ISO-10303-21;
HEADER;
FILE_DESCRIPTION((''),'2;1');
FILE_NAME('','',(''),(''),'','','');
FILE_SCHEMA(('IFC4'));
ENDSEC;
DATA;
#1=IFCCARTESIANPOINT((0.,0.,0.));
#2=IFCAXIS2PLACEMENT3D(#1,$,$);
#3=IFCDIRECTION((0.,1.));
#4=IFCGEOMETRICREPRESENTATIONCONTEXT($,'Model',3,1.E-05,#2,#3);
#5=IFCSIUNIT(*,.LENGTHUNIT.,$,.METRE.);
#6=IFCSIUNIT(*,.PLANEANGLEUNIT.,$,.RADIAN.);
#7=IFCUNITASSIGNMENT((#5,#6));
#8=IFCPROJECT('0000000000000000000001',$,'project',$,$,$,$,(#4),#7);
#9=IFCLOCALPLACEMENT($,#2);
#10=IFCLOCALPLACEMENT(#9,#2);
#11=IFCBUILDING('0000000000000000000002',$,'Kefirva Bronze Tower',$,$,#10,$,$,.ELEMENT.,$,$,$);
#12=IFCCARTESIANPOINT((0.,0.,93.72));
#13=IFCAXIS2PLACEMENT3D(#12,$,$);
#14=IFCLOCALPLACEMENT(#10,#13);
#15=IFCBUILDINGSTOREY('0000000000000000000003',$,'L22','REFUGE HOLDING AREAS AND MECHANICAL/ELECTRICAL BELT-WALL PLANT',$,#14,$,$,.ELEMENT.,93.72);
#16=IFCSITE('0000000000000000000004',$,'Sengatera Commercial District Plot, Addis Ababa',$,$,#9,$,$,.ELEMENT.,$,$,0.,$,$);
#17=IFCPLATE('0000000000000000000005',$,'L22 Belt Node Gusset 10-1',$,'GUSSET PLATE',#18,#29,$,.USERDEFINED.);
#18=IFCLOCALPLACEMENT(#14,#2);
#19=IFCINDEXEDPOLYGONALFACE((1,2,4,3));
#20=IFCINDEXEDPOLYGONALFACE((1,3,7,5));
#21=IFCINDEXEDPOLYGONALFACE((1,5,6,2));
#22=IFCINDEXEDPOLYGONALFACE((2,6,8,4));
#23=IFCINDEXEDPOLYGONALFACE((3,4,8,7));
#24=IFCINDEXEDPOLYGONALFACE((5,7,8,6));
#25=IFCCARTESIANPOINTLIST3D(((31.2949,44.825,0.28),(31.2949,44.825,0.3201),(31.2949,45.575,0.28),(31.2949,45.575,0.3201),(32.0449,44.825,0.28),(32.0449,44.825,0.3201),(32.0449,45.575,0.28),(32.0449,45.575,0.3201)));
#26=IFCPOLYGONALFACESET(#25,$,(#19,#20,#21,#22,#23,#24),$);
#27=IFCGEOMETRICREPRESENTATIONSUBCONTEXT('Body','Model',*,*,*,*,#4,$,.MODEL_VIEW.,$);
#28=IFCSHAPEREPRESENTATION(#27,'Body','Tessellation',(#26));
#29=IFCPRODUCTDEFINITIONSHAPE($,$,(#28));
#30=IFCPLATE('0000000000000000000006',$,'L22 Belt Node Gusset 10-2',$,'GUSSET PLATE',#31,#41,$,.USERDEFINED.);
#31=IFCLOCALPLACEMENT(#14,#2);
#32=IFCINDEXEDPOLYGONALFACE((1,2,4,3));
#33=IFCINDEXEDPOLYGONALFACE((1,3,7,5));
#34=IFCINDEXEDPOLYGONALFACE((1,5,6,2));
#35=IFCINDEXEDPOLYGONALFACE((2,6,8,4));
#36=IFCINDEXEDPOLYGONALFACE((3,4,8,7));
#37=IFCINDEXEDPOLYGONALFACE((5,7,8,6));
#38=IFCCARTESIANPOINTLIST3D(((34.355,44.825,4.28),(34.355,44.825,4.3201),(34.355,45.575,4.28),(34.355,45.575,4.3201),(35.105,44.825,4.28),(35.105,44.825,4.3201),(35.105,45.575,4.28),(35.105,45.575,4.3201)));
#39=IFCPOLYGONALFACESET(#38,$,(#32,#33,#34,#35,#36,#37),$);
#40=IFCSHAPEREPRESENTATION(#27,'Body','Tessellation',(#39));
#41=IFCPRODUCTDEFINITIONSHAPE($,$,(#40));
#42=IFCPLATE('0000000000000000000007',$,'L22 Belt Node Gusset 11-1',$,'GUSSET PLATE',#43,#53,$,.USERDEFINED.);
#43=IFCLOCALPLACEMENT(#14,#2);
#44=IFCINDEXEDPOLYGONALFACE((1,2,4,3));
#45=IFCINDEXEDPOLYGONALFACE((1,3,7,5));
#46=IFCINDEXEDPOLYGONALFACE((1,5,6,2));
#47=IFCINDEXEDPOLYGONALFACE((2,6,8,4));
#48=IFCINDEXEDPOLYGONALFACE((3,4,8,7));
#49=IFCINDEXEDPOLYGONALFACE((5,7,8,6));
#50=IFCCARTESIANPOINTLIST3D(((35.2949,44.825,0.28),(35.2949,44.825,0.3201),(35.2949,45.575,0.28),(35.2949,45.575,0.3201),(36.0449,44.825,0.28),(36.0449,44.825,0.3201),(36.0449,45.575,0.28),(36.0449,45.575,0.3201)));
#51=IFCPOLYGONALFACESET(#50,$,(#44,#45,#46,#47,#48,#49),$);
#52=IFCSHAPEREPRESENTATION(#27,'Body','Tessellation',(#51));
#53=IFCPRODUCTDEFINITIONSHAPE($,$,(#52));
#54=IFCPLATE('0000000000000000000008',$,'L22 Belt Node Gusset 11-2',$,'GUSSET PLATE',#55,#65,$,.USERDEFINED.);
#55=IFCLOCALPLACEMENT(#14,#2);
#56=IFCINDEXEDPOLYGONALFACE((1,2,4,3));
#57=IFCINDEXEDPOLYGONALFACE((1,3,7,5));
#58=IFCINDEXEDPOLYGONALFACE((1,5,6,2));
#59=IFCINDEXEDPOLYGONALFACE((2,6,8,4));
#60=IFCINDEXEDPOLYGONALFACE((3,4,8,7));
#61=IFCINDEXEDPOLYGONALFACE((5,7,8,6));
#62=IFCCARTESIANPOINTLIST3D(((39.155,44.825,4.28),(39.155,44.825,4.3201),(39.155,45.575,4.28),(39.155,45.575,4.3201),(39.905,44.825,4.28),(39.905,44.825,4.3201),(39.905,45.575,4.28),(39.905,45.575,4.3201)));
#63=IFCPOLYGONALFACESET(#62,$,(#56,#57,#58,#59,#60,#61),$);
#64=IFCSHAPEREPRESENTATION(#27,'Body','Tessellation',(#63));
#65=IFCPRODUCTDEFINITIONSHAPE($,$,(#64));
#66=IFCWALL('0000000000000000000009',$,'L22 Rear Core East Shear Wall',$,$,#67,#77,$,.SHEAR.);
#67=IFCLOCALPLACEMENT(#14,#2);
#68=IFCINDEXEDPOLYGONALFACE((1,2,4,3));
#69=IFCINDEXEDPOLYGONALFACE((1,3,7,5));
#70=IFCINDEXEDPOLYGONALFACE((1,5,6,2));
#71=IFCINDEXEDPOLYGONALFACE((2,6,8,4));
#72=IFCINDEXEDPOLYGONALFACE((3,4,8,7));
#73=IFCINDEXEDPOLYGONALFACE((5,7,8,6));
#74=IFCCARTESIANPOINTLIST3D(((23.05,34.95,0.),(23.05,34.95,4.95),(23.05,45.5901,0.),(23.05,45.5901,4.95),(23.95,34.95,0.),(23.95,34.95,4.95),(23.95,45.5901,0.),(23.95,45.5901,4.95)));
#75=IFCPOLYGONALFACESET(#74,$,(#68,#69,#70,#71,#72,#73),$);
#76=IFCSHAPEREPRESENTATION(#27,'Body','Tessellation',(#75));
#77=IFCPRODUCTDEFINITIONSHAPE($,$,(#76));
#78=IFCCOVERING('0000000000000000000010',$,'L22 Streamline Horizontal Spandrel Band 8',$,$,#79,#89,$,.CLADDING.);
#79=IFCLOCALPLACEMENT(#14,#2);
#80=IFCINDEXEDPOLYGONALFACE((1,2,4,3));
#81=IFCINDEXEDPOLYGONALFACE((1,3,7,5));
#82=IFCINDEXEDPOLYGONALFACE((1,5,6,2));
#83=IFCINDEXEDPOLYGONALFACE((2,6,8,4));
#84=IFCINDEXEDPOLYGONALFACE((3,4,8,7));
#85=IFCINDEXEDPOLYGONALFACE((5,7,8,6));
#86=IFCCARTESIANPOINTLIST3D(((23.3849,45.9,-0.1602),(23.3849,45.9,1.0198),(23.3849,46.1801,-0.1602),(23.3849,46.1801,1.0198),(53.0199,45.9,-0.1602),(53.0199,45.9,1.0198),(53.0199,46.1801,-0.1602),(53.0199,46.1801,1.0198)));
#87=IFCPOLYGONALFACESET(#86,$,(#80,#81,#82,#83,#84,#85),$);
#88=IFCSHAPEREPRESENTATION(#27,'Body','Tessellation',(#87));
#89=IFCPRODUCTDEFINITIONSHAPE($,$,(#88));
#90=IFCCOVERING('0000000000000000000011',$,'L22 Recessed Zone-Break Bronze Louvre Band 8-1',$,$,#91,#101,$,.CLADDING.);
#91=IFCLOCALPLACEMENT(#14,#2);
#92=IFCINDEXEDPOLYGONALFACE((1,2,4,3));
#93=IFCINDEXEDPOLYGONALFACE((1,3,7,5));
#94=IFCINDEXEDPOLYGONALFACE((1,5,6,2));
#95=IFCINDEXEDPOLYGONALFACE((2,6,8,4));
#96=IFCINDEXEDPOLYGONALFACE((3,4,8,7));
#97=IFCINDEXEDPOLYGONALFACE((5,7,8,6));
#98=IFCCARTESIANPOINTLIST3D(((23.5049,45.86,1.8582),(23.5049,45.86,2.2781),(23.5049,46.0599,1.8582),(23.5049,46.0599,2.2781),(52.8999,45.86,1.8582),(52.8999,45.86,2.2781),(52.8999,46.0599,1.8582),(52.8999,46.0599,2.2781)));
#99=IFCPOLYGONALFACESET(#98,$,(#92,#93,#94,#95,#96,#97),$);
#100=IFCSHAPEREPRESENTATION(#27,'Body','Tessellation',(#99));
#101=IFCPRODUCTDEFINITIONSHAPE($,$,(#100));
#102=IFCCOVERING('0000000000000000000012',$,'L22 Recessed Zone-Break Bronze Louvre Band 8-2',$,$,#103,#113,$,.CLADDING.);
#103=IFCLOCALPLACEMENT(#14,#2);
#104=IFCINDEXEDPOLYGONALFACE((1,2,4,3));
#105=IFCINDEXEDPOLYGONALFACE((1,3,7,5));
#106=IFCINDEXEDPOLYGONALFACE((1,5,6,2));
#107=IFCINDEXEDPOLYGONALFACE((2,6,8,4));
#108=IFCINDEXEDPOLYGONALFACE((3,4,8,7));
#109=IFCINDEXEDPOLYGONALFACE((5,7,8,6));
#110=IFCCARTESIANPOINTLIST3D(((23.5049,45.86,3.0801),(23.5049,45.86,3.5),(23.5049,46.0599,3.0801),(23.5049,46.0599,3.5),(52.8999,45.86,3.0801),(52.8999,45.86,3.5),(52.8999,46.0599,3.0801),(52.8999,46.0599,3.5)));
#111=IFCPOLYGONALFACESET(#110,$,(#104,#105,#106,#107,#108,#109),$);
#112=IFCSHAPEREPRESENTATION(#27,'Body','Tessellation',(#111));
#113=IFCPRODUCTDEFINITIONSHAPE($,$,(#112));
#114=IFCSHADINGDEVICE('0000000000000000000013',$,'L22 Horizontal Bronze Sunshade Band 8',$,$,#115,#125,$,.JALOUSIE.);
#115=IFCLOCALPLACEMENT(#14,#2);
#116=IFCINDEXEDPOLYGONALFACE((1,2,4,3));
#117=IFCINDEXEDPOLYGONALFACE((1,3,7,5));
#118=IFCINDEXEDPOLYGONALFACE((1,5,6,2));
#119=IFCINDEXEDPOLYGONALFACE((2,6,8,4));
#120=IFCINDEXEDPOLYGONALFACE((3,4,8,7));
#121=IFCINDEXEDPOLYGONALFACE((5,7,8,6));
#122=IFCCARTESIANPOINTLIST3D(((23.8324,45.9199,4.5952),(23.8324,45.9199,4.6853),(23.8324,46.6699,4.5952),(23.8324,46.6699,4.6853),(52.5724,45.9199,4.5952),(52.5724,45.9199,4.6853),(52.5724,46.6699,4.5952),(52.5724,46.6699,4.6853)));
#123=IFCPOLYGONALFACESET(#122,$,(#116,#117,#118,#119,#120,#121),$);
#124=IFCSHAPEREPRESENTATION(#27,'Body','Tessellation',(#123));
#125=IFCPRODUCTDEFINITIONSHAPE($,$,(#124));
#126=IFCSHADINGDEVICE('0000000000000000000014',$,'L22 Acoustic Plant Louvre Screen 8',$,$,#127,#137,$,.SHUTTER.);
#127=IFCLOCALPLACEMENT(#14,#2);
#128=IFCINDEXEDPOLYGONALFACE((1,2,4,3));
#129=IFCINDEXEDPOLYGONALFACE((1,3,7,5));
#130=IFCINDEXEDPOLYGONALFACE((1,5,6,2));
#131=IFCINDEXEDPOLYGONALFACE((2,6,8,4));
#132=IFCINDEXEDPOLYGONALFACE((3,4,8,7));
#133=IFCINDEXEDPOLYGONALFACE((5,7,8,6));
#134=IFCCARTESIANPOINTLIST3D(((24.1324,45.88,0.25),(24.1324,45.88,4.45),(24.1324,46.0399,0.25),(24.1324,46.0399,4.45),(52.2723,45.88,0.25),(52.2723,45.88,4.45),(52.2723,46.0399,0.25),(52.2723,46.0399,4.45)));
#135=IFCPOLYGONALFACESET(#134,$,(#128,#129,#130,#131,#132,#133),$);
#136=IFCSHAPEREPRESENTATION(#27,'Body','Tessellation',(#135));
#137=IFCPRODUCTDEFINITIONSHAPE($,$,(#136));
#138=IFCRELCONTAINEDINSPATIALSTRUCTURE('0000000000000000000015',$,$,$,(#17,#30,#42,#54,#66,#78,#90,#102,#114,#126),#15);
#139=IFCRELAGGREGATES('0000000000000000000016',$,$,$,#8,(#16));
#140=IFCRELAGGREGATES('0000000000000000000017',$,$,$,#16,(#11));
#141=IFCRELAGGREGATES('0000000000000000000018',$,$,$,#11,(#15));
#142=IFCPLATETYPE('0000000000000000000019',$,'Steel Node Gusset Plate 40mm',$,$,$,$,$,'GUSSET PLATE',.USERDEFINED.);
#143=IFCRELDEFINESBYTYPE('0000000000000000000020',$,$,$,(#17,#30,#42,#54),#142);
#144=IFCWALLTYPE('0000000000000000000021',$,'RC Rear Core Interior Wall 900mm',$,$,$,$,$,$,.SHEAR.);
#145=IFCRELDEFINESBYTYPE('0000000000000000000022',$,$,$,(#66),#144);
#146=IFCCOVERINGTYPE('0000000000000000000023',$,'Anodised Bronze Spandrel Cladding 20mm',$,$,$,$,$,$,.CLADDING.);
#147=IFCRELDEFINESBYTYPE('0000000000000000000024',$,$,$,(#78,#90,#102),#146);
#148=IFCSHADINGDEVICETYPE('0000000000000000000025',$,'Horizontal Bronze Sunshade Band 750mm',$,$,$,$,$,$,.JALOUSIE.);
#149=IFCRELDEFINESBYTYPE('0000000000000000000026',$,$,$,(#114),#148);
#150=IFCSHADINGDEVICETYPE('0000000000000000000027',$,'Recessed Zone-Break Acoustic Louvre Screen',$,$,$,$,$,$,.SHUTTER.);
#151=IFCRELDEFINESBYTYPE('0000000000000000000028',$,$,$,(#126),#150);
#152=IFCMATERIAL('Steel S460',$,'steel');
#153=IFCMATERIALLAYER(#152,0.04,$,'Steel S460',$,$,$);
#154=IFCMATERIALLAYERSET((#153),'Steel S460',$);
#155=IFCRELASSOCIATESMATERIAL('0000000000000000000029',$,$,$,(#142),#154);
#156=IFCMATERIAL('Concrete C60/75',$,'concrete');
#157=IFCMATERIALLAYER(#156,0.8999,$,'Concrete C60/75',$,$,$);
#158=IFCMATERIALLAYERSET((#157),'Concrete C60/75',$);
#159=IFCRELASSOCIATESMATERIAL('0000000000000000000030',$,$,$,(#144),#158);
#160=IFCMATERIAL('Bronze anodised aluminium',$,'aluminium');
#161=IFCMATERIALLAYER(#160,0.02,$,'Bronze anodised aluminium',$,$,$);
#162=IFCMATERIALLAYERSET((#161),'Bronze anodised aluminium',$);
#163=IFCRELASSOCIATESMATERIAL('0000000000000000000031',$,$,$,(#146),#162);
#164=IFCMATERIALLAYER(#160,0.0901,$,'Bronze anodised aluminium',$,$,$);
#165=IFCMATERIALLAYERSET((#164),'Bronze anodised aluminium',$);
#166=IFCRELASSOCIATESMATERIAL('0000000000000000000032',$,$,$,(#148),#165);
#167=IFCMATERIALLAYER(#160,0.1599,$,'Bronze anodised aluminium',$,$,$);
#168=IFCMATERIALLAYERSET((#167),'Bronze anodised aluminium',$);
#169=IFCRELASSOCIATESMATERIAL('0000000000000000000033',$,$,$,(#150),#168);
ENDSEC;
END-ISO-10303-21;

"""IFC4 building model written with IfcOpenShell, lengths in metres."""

from ifc_helpers import new_model, si_unit, direction, frame, frame_2d, origin, origin_2d, place, context, subcontext, project, spatial, rectangle, extrude, material, layer, layer_set, type_object, element, save


model = new_model("IFC4")

# Units and contexts
model_context = context("Model", 3, precision=1e-05, world=origin(), true_north=direction((0.0, 1.0)))
body_context = subcontext(model_context, "Body", "Model", "MODEL_VIEW")
ifc_project = project(units=[si_unit("LENGTHUNIT", "METRE"), si_unit("PLANEANGLEUNIT", "RADIAN")], contexts=[model_context])

# Site, building, storey
site_placement = place(None, origin())
site = spatial("IfcSite", under=ifc_project, at=site_placement, Name="Sengatera Commercial District Plot, Addis Ababa", CompositionType="ELEMENT", RefElevation=0.0)
building_placement = place(site_placement, origin())
building = spatial("IfcBuilding", under=site, at=building_placement, Name="Kefirva Bronze Tower", CompositionType="ELEMENT")
storey_placement = place(building_placement, frame((0.0, 0.0, 93.72)))
storey = spatial("IfcBuildingStorey", under=building, at=storey_placement, Name="L22", Description="REFUGE HOLDING AREAS AND MECHANICAL/ELECTRICAL BELT-WALL PLANT", CompositionType="ELEMENT", Elevation=93.72)

# Shared definitions
ifc_material_1 = material(Name="Concrete C60/75", Category="concrete")

# Shared definitions
ifc_material_2 = material(Name="Bronze anodised aluminium", Category="aluminium")

# Shared definitions
ifc_material_3 = material(Name="Steel S460", Category="steel")

# Plates
ifc_layer_1 = layer(ifc_material_3, 0.04, Name="Steel S460")
ifc_layer_set_1 = layer_set([ifc_layer_1], Name="Steel S460")
plate_type_1 = type_object("IfcPlateType", Name="Steel Node Gusset Plate 40mm", ElementType="GUSSET PLATE", PredefinedType="USERDEFINED", material=ifc_layer_set_1)
for number, where, z_axis, x_axis, name in (
    (1, (31.6699, 45.2, 0.28), (0.0, 0.0, 1.0), (1.0, 0.0, 0.0), "L22 Belt Node Gusset 10-1"),
    (2, (34.73, 45.2, 4.28), (0.0, 0.0, 1.0), (1.0, 0.0, 0.0), "L22 Belt Node Gusset 10-2"),
    (3, (35.6699, 45.2, 0.28), (0.0, 0.0, 1.0), (1.0, 0.0, 0.0), "L22 Belt Node Gusset 11-1"),
    (4, (39.53, 45.2, 4.28), (0.0, 0.0, 1.0), (1.0, 0.0, 0.0), "L22 Belt Node Gusset 11-2"),
):
    element("IfcPlate", number, at=place(storey_placement, frame(where, z_axis=z_axis, x_axis=x_axis)), inside=storey, type_object=plate_type_1, Name=name, ObjectType="GUSSET PLATE", PredefinedType="USERDEFINED", context=body_context, shape_type="SweptSolid", body=[
        extrude(rectangle(XDim=0.75, YDim=0.75, at=origin_2d()), origin(), (0.0, 0.0, 1.0), 0.04),
    ])

# Wall
ifc_layer_2 = layer(ifc_material_1, 0.8999, Name="Concrete C60/75")
ifc_layer_set_2 = layer_set([ifc_layer_2], Name="Concrete C60/75")
wall_type = type_object("IfcWallType", Name="RC Rear Core Interior Wall 900mm", PredefinedType="SHEAR", material=ifc_layer_set_2)
wall_placement = place(storey_placement, frame((23.5, 34.95, 0.0), z_axis=(0.0, 0.0, 1.0), x_axis=(0.0, 1.0, 0.0)))
element("IfcWall", 5, at=wall_placement, inside=storey, type_object=wall_type, Name="L22 Rear Core East Shear Wall", PredefinedType="SHEAR", context=body_context, shape_type="SweptSolid", body=[
    extrude(rectangle(XDim=10.6401, YDim=0.8999, at=frame_2d((5.3201, 0.0))), origin(), (0.0, 0.0, 1.0), 4.95),
])

# Coverings
ifc_layer_3 = layer(ifc_material_2, 0.02, Name="Bronze anodised aluminium")
ifc_layer_set_3 = layer_set([ifc_layer_3], Name="Bronze anodised aluminium")
covering_type_1 = type_object("IfcCoveringType", Name="Anodised Bronze Spandrel Cladding 20mm", PredefinedType="CLADDING", material=ifc_layer_set_3)
covering_1_placement = place(storey_placement, frame((38.2024, 46.04, -0.1602), z_axis=(0.0, 0.0, 1.0), x_axis=(-1.0, 0.0, 0.0)))
element("IfcCovering", 6, at=covering_1_placement, inside=storey, type_object=covering_type_1, Name="L22 Streamline Horizontal Spandrel Band 8", PredefinedType="CLADDING", context=body_context, shape_type="SweptSolid", body=[
    extrude(rectangle(XDim=29.635, YDim=0.28, at=origin_2d()), origin(), (0.0, 0.0, 1.0), 1.1799),
])
for number, where, z_axis, x_axis, name in (
    (7, (38.2024, 45.96, 1.8582), (0.0, 0.0, 1.0), (-1.0, 0.0, 0.0), "L22 Recessed Zone-Break Bronze Louvre Band 8-1"),
    (8, (38.2024, 45.96, 3.0801), (0.0, 0.0, 1.0), (-1.0, 0.0, 0.0), "L22 Recessed Zone-Break Bronze Louvre Band 8-2"),
):
    element("IfcCovering", number, at=place(storey_placement, frame(where, z_axis=z_axis, x_axis=x_axis)), inside=storey, type_object=covering_type_1, Name=name, PredefinedType="CLADDING", context=body_context, shape_type="SweptSolid", body=[
        extrude(rectangle(XDim=29.395, YDim=0.2, at=origin_2d()), origin(), (0.0, 0.0, 1.0), 0.4199),
    ])

# Shading devices
ifc_layer_4 = layer(ifc_material_2, 0.0901, Name="Bronze anodised aluminium")
ifc_layer_set_4 = layer_set([ifc_layer_4], Name="Bronze anodised aluminium")
shading_device_type_1 = type_object("IfcShadingDeviceType", Name="Horizontal Bronze Sunshade Band 750mm", PredefinedType="JALOUSIE", material=ifc_layer_set_4)
shading_device_1_placement = place(storey_placement, frame((38.2024, 46.2949, 4.5952), z_axis=(0.0, 0.0, 1.0), x_axis=(-1.0, 0.0, 0.0)))
element("IfcShadingDevice", 9, at=shading_device_1_placement, inside=storey, type_object=shading_device_type_1, Name="L22 Horizontal Bronze Sunshade Band 8", PredefinedType="JALOUSIE", context=body_context, shape_type="SweptSolid", body=[
    extrude(rectangle(XDim=28.74, YDim=0.75, at=origin_2d()), origin(), (0.0, 0.0, 1.0), 0.0901),
])
ifc_layer_5 = layer(ifc_material_2, 0.1599, Name="Bronze anodised aluminium")
ifc_layer_set_5 = layer_set([ifc_layer_5], Name="Bronze anodised aluminium")
shading_device_type_2 = type_object("IfcShadingDeviceType", Name="Recessed Zone-Break Acoustic Louvre Screen", PredefinedType="SHUTTER", material=ifc_layer_set_5)
shading_device_2_placement = place(storey_placement, frame((38.2024, 45.96, 0.25), z_axis=(0.0, 0.0, 1.0), x_axis=(-1.0, 0.0, 0.0)))
element("IfcShadingDevice", 10, at=shading_device_2_placement, inside=storey, type_object=shading_device_type_2, Name="L22 Acoustic Plant Louvre Screen 8", PredefinedType="SHUTTER", context=body_context, shape_type="SweptSolid", body=[
    extrude(rectangle(XDim=28.1399, YDim=0.1599, at=origin_2d()), origin(), (0.0, 0.0, 1.0), 4.2),
])

save(model, "model.ifc")
